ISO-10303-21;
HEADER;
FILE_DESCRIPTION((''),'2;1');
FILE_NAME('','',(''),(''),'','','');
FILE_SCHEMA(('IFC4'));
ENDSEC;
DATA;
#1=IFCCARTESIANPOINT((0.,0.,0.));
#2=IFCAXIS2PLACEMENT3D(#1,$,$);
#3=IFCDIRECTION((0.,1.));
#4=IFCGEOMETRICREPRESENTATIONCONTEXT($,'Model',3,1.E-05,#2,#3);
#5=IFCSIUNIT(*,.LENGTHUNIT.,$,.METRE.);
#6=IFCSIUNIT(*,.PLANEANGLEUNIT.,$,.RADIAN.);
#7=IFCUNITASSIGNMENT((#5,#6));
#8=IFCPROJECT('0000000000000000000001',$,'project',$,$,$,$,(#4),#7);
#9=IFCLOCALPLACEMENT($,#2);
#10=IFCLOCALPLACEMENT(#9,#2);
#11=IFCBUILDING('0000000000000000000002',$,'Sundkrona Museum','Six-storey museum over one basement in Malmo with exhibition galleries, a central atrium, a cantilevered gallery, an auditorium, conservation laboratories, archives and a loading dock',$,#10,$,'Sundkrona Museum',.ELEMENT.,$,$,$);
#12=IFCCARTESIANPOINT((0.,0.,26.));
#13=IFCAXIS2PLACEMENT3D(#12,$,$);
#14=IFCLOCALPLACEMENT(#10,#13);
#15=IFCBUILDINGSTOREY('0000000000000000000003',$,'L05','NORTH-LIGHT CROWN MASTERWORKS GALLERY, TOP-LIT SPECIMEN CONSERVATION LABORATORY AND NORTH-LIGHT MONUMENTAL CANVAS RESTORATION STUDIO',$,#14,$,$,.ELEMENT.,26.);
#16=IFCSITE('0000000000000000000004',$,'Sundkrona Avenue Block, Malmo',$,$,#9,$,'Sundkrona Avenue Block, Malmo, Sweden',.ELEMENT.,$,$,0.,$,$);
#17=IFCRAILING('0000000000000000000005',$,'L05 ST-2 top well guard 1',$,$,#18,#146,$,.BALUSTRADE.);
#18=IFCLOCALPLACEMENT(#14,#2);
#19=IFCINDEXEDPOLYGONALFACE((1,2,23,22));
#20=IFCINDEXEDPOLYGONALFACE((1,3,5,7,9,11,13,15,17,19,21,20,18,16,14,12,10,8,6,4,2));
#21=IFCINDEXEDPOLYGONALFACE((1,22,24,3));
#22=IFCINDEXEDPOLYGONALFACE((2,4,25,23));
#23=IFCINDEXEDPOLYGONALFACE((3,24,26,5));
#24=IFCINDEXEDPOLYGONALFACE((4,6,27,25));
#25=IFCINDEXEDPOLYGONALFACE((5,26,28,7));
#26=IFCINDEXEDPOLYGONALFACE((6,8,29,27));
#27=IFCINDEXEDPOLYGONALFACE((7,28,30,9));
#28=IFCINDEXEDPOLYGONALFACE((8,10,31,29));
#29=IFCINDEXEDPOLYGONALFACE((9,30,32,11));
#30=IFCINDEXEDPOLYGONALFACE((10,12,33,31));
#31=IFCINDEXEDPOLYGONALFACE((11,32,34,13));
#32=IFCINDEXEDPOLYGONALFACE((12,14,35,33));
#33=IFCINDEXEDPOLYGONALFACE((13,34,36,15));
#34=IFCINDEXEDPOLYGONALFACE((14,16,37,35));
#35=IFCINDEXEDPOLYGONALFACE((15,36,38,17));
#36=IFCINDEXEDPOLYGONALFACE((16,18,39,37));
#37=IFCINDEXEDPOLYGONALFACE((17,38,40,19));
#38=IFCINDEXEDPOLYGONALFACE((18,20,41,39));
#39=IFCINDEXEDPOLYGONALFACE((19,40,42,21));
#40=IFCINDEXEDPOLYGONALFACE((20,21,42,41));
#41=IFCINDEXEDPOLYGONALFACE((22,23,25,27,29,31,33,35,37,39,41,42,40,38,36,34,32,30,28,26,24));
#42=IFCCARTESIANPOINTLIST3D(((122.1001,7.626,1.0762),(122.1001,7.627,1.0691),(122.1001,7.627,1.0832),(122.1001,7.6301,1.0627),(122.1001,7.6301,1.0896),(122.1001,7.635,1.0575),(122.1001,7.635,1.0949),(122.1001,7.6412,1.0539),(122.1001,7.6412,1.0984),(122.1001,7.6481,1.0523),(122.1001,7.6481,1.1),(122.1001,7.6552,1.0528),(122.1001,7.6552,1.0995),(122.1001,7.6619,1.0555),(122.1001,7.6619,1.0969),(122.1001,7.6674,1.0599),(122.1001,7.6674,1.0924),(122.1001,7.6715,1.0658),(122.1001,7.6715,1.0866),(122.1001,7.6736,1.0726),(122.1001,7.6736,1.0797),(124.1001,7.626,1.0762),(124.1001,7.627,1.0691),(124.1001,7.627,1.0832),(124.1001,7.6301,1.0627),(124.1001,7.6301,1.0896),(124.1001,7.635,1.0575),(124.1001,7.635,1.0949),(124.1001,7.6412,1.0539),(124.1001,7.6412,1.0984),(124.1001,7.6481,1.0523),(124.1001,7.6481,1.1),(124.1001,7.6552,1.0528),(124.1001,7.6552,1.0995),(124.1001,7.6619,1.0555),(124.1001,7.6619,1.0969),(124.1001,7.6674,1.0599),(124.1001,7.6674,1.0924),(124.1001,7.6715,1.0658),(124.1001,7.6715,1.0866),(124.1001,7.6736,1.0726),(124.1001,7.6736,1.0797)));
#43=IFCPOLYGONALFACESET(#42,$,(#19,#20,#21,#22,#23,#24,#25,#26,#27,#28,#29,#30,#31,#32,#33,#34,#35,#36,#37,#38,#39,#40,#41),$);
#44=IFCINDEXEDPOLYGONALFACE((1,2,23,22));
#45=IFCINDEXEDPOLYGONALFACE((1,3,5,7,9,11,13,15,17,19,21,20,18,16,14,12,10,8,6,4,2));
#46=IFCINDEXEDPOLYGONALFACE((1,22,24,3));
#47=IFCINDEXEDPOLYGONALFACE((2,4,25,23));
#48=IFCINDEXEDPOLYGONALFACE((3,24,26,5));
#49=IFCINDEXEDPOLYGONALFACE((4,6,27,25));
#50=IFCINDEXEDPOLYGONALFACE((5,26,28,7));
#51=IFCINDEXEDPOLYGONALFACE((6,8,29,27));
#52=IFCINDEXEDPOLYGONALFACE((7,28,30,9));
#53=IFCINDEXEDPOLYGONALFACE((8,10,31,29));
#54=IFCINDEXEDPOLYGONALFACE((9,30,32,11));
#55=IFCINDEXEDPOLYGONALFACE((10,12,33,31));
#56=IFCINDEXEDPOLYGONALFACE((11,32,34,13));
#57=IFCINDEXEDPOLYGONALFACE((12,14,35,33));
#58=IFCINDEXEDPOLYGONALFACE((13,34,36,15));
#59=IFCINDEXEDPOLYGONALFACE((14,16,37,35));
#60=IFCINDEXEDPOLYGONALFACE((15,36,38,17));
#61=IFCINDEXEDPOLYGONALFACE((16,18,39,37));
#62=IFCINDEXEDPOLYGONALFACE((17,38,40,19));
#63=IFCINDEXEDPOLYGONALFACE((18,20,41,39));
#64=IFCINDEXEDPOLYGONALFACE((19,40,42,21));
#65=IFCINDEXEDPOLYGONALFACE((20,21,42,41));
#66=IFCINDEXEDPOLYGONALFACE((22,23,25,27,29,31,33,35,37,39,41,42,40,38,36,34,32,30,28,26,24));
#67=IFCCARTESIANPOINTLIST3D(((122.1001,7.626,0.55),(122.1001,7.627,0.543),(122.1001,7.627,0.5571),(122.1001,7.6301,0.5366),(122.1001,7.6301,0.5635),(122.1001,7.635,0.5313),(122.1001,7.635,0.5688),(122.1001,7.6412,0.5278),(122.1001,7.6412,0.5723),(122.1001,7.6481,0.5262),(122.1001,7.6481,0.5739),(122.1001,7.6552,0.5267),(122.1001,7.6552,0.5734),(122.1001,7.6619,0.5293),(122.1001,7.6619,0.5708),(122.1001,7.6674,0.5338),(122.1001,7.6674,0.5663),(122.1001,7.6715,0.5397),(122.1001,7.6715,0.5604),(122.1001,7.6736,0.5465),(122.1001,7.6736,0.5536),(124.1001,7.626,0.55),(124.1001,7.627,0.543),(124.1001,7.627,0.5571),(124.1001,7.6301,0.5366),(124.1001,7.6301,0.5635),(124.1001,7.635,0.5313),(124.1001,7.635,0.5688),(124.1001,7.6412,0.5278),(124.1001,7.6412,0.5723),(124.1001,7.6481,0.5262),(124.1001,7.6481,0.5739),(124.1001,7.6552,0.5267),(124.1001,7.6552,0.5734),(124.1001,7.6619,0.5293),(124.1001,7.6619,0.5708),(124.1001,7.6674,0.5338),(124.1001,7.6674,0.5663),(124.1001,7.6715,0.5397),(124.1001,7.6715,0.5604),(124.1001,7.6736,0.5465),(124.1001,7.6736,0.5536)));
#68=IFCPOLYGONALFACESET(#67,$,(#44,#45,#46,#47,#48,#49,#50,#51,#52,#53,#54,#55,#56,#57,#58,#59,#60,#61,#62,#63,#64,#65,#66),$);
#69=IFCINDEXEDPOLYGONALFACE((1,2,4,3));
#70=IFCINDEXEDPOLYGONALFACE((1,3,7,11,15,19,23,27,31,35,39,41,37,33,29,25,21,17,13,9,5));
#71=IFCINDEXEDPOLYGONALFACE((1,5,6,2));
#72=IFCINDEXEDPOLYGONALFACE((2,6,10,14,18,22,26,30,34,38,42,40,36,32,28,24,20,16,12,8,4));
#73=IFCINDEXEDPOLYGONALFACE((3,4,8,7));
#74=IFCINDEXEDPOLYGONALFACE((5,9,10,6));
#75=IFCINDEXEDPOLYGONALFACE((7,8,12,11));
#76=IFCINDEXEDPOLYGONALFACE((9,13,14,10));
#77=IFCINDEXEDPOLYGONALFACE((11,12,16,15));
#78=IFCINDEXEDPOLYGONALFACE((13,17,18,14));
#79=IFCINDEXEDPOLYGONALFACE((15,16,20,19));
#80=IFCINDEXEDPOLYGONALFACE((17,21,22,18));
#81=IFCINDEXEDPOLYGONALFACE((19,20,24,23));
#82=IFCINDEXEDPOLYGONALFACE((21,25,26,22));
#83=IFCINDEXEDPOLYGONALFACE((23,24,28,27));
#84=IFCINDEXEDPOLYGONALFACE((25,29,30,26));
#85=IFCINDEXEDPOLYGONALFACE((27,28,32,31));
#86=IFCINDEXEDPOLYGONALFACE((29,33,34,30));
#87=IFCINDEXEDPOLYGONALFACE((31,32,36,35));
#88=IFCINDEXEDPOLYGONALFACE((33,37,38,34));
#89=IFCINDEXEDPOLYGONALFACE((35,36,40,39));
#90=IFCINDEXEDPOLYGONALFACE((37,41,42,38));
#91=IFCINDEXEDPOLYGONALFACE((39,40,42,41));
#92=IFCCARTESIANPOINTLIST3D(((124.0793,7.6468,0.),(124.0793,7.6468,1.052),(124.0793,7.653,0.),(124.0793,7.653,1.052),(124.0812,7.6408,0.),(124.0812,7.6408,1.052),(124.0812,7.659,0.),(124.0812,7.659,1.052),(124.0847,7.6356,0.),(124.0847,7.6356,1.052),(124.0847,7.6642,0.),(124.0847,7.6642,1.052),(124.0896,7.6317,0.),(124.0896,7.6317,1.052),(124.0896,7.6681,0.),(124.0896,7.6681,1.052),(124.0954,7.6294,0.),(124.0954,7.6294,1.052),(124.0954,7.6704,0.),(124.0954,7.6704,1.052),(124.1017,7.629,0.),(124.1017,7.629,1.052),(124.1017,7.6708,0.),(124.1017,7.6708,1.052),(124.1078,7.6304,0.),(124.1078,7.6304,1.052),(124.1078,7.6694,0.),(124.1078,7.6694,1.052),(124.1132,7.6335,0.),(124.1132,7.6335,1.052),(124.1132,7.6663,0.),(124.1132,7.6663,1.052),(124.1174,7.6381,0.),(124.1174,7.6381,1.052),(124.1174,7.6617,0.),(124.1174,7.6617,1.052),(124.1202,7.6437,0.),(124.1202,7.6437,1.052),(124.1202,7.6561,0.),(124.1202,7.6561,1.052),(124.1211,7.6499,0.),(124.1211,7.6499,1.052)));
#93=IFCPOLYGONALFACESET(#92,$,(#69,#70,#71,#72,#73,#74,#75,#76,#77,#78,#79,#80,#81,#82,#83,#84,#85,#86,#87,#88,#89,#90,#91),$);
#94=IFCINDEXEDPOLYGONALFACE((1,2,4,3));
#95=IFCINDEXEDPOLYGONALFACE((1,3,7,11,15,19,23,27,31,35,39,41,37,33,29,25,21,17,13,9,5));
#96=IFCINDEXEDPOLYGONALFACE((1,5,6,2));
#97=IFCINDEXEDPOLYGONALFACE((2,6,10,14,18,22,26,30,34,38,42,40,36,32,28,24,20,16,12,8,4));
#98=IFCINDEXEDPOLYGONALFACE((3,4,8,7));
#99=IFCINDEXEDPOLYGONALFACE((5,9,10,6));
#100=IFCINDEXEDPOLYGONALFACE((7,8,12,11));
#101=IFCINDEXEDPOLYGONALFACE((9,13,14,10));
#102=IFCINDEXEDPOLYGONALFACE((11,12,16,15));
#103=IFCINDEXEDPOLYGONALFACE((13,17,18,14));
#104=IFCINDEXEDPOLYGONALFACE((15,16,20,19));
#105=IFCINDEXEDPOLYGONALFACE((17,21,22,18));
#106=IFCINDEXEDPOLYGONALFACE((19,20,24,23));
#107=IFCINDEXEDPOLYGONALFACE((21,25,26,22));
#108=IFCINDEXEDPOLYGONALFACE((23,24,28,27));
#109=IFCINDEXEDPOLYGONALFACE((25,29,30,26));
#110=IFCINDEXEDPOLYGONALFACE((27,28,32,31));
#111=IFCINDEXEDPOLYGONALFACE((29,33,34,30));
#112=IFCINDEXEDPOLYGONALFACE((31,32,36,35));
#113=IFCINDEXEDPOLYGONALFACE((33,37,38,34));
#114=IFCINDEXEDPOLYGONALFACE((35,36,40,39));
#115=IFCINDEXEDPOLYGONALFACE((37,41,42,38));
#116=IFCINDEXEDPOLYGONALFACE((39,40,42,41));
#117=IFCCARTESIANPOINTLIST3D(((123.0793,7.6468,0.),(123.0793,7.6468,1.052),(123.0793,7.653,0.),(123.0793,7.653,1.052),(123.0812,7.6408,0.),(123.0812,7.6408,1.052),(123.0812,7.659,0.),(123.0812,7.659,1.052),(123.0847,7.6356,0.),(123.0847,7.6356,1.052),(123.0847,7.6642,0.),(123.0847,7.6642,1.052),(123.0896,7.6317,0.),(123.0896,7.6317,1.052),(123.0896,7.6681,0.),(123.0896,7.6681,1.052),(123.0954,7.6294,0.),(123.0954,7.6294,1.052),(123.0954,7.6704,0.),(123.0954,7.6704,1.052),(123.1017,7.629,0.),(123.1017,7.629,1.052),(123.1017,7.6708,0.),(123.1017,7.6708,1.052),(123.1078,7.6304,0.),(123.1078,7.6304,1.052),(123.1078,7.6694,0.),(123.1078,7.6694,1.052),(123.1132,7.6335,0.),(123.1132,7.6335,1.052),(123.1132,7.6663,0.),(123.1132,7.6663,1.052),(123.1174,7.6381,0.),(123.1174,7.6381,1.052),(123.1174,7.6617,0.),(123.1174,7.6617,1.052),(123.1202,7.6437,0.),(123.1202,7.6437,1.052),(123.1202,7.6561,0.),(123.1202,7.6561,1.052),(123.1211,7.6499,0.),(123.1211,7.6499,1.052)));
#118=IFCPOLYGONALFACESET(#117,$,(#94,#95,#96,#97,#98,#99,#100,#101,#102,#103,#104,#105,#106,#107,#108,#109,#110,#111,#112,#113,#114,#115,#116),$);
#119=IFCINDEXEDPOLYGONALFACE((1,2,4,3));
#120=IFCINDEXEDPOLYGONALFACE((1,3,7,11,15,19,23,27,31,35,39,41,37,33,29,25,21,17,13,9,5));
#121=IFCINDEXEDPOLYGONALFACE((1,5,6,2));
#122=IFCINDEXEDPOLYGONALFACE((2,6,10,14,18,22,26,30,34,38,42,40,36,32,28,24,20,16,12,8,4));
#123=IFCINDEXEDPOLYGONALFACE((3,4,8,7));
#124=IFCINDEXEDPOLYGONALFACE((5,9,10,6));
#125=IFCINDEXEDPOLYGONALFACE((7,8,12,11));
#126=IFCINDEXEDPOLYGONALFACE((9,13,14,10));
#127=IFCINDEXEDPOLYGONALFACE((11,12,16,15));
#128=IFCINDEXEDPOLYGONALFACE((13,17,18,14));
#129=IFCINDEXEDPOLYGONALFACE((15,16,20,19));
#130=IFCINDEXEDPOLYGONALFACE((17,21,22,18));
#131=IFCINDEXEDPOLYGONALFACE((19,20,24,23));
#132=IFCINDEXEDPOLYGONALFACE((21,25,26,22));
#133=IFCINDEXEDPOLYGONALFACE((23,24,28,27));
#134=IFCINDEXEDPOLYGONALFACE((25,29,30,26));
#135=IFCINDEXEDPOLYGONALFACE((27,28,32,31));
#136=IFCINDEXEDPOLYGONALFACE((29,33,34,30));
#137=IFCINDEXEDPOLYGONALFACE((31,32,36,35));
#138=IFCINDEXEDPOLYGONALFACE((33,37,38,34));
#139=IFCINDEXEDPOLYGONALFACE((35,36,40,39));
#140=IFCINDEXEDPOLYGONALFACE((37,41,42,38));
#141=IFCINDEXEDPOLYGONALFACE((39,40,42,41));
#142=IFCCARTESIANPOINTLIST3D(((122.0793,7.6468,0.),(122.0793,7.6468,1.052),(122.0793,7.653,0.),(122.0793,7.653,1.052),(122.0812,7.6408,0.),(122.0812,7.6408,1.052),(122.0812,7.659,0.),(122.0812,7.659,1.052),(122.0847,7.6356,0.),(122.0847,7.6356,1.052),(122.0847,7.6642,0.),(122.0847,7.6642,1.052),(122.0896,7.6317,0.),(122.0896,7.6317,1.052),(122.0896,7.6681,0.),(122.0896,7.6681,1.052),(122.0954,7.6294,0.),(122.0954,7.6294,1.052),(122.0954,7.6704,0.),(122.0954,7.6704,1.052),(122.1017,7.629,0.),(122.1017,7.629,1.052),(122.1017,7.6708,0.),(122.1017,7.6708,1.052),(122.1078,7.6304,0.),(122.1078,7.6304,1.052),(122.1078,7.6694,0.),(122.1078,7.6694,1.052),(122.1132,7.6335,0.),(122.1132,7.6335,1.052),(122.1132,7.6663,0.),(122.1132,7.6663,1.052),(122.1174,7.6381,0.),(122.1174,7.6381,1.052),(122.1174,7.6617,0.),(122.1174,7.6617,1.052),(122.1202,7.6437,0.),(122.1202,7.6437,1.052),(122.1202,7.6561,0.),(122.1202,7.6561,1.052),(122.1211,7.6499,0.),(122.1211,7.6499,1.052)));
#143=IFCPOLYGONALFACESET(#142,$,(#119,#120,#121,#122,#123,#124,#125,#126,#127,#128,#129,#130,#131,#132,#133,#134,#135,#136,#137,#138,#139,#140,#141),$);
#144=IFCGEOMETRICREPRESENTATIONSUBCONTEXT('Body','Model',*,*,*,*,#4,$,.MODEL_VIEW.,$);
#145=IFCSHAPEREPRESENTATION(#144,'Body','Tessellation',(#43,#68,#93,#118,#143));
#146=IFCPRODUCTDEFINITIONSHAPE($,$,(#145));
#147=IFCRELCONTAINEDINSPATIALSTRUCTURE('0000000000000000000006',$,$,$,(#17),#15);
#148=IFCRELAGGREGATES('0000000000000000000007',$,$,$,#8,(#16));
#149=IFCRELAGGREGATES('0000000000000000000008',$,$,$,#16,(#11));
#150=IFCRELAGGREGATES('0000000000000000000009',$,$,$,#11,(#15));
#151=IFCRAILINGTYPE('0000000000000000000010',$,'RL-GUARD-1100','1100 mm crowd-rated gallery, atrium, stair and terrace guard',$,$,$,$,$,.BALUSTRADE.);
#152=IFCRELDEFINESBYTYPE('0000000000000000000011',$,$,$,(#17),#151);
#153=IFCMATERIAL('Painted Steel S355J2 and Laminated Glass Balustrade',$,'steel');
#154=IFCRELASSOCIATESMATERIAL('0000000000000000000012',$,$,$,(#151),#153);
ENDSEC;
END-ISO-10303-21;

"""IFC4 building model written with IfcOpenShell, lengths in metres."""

from ifc_helpers import new_model, si_unit, direction, frame, origin, origin_2d, place, context, subcontext, project, spatial, circle, extrude, material, type_object, element, save


model = new_model("IFC4")

# Units and contexts
model_context = context("Model", 3, precision=1e-05, world=origin(), true_north=direction((0.0, 1.0)))
body_context = subcontext(model_context, "Body", "Model", "MODEL_VIEW")
ifc_project = project(units=[si_unit("LENGTHUNIT", "METRE"), si_unit("PLANEANGLEUNIT", "RADIAN")], contexts=[model_context])

# Site, building, storey
site_placement = place(None, origin())
site = spatial("IfcSite", under=ifc_project, at=site_placement, Name="Sundkrona Avenue Block, Malmo", LongName="Sundkrona Avenue Block, Malmo, Sweden", CompositionType="ELEMENT", RefElevation=0.0)
building_placement = place(site_placement, origin())
building = spatial("IfcBuilding", under=site, at=building_placement, Name="Sundkrona Museum", Description="Six-storey museum over one basement in Malmo with exhibition galleries, a central atrium, a cantilevered gallery, an auditorium, conservation laboratories, archives and a loading dock", LongName="Sundkrona Museum", CompositionType="ELEMENT")
storey_placement = place(building_placement, frame((0.0, 0.0, 26.0)))
storey = spatial("IfcBuildingStorey", under=building, at=storey_placement, Name="L05", Description="NORTH-LIGHT CROWN MASTERWORKS GALLERY, TOP-LIT SPECIMEN CONSERVATION LABORATORY AND NORTH-LIGHT MONUMENTAL CANVAS RESTORATION STUDIO", CompositionType="ELEMENT", Elevation=26.0)

# Railing
ifc_material_1 = material(Name="Painted Steel S355J2 and Laminated Glass Balustrade", Category="steel")
railing_type = type_object("IfcRailingType", Name="RL-GUARD-1100", Description="1100 mm crowd-rated gallery, atrium, stair and terrace guard", PredefinedType="BALUSTRADE", material=ifc_material_1)
railing_1_placement = place(storey_placement, frame((124.1001, 7.6499, 0.0)))
element("IfcRailing", 1, at=railing_1_placement, inside=storey, type_object=railing_type, Name="L05 ST-2 top well guard 1", PredefinedType="BALUSTRADE", context=body_context, shape_type="SweptSolid", body=[
    extrude(circle(Radius=0.0239, at=origin_2d()), frame((0.0, 0.0, 1.0762), z_axis=(-1.0, 0.0, 0.0), x_axis=(0.0, -1.0, 0.0)), (0.0, 0.0, 1.0), 2.0),
    extrude(circle(Radius=0.0239, at=origin_2d()), frame((0.0, 0.0, 0.55), z_axis=(-1.0, 0.0, 0.0), x_axis=(0.0, -1.0, 0.0)), (0.0, 0.0, 1.0), 2.0),
    extrude(circle(Radius=0.021, at=origin_2d()), origin(), (0.0, 0.0, 1.0), 1.052),
    extrude(circle(Radius=0.021, at=origin_2d()), frame((-1.0, 0.0, 0.0)), (0.0, 0.0, 1.0), 1.052),
    extrude(circle(Radius=0.021, at=origin_2d()), frame((-2.0, 0.0, 0.0)), (0.0, 0.0, 1.0), 1.052),
])

save(model, "model.ifc")
